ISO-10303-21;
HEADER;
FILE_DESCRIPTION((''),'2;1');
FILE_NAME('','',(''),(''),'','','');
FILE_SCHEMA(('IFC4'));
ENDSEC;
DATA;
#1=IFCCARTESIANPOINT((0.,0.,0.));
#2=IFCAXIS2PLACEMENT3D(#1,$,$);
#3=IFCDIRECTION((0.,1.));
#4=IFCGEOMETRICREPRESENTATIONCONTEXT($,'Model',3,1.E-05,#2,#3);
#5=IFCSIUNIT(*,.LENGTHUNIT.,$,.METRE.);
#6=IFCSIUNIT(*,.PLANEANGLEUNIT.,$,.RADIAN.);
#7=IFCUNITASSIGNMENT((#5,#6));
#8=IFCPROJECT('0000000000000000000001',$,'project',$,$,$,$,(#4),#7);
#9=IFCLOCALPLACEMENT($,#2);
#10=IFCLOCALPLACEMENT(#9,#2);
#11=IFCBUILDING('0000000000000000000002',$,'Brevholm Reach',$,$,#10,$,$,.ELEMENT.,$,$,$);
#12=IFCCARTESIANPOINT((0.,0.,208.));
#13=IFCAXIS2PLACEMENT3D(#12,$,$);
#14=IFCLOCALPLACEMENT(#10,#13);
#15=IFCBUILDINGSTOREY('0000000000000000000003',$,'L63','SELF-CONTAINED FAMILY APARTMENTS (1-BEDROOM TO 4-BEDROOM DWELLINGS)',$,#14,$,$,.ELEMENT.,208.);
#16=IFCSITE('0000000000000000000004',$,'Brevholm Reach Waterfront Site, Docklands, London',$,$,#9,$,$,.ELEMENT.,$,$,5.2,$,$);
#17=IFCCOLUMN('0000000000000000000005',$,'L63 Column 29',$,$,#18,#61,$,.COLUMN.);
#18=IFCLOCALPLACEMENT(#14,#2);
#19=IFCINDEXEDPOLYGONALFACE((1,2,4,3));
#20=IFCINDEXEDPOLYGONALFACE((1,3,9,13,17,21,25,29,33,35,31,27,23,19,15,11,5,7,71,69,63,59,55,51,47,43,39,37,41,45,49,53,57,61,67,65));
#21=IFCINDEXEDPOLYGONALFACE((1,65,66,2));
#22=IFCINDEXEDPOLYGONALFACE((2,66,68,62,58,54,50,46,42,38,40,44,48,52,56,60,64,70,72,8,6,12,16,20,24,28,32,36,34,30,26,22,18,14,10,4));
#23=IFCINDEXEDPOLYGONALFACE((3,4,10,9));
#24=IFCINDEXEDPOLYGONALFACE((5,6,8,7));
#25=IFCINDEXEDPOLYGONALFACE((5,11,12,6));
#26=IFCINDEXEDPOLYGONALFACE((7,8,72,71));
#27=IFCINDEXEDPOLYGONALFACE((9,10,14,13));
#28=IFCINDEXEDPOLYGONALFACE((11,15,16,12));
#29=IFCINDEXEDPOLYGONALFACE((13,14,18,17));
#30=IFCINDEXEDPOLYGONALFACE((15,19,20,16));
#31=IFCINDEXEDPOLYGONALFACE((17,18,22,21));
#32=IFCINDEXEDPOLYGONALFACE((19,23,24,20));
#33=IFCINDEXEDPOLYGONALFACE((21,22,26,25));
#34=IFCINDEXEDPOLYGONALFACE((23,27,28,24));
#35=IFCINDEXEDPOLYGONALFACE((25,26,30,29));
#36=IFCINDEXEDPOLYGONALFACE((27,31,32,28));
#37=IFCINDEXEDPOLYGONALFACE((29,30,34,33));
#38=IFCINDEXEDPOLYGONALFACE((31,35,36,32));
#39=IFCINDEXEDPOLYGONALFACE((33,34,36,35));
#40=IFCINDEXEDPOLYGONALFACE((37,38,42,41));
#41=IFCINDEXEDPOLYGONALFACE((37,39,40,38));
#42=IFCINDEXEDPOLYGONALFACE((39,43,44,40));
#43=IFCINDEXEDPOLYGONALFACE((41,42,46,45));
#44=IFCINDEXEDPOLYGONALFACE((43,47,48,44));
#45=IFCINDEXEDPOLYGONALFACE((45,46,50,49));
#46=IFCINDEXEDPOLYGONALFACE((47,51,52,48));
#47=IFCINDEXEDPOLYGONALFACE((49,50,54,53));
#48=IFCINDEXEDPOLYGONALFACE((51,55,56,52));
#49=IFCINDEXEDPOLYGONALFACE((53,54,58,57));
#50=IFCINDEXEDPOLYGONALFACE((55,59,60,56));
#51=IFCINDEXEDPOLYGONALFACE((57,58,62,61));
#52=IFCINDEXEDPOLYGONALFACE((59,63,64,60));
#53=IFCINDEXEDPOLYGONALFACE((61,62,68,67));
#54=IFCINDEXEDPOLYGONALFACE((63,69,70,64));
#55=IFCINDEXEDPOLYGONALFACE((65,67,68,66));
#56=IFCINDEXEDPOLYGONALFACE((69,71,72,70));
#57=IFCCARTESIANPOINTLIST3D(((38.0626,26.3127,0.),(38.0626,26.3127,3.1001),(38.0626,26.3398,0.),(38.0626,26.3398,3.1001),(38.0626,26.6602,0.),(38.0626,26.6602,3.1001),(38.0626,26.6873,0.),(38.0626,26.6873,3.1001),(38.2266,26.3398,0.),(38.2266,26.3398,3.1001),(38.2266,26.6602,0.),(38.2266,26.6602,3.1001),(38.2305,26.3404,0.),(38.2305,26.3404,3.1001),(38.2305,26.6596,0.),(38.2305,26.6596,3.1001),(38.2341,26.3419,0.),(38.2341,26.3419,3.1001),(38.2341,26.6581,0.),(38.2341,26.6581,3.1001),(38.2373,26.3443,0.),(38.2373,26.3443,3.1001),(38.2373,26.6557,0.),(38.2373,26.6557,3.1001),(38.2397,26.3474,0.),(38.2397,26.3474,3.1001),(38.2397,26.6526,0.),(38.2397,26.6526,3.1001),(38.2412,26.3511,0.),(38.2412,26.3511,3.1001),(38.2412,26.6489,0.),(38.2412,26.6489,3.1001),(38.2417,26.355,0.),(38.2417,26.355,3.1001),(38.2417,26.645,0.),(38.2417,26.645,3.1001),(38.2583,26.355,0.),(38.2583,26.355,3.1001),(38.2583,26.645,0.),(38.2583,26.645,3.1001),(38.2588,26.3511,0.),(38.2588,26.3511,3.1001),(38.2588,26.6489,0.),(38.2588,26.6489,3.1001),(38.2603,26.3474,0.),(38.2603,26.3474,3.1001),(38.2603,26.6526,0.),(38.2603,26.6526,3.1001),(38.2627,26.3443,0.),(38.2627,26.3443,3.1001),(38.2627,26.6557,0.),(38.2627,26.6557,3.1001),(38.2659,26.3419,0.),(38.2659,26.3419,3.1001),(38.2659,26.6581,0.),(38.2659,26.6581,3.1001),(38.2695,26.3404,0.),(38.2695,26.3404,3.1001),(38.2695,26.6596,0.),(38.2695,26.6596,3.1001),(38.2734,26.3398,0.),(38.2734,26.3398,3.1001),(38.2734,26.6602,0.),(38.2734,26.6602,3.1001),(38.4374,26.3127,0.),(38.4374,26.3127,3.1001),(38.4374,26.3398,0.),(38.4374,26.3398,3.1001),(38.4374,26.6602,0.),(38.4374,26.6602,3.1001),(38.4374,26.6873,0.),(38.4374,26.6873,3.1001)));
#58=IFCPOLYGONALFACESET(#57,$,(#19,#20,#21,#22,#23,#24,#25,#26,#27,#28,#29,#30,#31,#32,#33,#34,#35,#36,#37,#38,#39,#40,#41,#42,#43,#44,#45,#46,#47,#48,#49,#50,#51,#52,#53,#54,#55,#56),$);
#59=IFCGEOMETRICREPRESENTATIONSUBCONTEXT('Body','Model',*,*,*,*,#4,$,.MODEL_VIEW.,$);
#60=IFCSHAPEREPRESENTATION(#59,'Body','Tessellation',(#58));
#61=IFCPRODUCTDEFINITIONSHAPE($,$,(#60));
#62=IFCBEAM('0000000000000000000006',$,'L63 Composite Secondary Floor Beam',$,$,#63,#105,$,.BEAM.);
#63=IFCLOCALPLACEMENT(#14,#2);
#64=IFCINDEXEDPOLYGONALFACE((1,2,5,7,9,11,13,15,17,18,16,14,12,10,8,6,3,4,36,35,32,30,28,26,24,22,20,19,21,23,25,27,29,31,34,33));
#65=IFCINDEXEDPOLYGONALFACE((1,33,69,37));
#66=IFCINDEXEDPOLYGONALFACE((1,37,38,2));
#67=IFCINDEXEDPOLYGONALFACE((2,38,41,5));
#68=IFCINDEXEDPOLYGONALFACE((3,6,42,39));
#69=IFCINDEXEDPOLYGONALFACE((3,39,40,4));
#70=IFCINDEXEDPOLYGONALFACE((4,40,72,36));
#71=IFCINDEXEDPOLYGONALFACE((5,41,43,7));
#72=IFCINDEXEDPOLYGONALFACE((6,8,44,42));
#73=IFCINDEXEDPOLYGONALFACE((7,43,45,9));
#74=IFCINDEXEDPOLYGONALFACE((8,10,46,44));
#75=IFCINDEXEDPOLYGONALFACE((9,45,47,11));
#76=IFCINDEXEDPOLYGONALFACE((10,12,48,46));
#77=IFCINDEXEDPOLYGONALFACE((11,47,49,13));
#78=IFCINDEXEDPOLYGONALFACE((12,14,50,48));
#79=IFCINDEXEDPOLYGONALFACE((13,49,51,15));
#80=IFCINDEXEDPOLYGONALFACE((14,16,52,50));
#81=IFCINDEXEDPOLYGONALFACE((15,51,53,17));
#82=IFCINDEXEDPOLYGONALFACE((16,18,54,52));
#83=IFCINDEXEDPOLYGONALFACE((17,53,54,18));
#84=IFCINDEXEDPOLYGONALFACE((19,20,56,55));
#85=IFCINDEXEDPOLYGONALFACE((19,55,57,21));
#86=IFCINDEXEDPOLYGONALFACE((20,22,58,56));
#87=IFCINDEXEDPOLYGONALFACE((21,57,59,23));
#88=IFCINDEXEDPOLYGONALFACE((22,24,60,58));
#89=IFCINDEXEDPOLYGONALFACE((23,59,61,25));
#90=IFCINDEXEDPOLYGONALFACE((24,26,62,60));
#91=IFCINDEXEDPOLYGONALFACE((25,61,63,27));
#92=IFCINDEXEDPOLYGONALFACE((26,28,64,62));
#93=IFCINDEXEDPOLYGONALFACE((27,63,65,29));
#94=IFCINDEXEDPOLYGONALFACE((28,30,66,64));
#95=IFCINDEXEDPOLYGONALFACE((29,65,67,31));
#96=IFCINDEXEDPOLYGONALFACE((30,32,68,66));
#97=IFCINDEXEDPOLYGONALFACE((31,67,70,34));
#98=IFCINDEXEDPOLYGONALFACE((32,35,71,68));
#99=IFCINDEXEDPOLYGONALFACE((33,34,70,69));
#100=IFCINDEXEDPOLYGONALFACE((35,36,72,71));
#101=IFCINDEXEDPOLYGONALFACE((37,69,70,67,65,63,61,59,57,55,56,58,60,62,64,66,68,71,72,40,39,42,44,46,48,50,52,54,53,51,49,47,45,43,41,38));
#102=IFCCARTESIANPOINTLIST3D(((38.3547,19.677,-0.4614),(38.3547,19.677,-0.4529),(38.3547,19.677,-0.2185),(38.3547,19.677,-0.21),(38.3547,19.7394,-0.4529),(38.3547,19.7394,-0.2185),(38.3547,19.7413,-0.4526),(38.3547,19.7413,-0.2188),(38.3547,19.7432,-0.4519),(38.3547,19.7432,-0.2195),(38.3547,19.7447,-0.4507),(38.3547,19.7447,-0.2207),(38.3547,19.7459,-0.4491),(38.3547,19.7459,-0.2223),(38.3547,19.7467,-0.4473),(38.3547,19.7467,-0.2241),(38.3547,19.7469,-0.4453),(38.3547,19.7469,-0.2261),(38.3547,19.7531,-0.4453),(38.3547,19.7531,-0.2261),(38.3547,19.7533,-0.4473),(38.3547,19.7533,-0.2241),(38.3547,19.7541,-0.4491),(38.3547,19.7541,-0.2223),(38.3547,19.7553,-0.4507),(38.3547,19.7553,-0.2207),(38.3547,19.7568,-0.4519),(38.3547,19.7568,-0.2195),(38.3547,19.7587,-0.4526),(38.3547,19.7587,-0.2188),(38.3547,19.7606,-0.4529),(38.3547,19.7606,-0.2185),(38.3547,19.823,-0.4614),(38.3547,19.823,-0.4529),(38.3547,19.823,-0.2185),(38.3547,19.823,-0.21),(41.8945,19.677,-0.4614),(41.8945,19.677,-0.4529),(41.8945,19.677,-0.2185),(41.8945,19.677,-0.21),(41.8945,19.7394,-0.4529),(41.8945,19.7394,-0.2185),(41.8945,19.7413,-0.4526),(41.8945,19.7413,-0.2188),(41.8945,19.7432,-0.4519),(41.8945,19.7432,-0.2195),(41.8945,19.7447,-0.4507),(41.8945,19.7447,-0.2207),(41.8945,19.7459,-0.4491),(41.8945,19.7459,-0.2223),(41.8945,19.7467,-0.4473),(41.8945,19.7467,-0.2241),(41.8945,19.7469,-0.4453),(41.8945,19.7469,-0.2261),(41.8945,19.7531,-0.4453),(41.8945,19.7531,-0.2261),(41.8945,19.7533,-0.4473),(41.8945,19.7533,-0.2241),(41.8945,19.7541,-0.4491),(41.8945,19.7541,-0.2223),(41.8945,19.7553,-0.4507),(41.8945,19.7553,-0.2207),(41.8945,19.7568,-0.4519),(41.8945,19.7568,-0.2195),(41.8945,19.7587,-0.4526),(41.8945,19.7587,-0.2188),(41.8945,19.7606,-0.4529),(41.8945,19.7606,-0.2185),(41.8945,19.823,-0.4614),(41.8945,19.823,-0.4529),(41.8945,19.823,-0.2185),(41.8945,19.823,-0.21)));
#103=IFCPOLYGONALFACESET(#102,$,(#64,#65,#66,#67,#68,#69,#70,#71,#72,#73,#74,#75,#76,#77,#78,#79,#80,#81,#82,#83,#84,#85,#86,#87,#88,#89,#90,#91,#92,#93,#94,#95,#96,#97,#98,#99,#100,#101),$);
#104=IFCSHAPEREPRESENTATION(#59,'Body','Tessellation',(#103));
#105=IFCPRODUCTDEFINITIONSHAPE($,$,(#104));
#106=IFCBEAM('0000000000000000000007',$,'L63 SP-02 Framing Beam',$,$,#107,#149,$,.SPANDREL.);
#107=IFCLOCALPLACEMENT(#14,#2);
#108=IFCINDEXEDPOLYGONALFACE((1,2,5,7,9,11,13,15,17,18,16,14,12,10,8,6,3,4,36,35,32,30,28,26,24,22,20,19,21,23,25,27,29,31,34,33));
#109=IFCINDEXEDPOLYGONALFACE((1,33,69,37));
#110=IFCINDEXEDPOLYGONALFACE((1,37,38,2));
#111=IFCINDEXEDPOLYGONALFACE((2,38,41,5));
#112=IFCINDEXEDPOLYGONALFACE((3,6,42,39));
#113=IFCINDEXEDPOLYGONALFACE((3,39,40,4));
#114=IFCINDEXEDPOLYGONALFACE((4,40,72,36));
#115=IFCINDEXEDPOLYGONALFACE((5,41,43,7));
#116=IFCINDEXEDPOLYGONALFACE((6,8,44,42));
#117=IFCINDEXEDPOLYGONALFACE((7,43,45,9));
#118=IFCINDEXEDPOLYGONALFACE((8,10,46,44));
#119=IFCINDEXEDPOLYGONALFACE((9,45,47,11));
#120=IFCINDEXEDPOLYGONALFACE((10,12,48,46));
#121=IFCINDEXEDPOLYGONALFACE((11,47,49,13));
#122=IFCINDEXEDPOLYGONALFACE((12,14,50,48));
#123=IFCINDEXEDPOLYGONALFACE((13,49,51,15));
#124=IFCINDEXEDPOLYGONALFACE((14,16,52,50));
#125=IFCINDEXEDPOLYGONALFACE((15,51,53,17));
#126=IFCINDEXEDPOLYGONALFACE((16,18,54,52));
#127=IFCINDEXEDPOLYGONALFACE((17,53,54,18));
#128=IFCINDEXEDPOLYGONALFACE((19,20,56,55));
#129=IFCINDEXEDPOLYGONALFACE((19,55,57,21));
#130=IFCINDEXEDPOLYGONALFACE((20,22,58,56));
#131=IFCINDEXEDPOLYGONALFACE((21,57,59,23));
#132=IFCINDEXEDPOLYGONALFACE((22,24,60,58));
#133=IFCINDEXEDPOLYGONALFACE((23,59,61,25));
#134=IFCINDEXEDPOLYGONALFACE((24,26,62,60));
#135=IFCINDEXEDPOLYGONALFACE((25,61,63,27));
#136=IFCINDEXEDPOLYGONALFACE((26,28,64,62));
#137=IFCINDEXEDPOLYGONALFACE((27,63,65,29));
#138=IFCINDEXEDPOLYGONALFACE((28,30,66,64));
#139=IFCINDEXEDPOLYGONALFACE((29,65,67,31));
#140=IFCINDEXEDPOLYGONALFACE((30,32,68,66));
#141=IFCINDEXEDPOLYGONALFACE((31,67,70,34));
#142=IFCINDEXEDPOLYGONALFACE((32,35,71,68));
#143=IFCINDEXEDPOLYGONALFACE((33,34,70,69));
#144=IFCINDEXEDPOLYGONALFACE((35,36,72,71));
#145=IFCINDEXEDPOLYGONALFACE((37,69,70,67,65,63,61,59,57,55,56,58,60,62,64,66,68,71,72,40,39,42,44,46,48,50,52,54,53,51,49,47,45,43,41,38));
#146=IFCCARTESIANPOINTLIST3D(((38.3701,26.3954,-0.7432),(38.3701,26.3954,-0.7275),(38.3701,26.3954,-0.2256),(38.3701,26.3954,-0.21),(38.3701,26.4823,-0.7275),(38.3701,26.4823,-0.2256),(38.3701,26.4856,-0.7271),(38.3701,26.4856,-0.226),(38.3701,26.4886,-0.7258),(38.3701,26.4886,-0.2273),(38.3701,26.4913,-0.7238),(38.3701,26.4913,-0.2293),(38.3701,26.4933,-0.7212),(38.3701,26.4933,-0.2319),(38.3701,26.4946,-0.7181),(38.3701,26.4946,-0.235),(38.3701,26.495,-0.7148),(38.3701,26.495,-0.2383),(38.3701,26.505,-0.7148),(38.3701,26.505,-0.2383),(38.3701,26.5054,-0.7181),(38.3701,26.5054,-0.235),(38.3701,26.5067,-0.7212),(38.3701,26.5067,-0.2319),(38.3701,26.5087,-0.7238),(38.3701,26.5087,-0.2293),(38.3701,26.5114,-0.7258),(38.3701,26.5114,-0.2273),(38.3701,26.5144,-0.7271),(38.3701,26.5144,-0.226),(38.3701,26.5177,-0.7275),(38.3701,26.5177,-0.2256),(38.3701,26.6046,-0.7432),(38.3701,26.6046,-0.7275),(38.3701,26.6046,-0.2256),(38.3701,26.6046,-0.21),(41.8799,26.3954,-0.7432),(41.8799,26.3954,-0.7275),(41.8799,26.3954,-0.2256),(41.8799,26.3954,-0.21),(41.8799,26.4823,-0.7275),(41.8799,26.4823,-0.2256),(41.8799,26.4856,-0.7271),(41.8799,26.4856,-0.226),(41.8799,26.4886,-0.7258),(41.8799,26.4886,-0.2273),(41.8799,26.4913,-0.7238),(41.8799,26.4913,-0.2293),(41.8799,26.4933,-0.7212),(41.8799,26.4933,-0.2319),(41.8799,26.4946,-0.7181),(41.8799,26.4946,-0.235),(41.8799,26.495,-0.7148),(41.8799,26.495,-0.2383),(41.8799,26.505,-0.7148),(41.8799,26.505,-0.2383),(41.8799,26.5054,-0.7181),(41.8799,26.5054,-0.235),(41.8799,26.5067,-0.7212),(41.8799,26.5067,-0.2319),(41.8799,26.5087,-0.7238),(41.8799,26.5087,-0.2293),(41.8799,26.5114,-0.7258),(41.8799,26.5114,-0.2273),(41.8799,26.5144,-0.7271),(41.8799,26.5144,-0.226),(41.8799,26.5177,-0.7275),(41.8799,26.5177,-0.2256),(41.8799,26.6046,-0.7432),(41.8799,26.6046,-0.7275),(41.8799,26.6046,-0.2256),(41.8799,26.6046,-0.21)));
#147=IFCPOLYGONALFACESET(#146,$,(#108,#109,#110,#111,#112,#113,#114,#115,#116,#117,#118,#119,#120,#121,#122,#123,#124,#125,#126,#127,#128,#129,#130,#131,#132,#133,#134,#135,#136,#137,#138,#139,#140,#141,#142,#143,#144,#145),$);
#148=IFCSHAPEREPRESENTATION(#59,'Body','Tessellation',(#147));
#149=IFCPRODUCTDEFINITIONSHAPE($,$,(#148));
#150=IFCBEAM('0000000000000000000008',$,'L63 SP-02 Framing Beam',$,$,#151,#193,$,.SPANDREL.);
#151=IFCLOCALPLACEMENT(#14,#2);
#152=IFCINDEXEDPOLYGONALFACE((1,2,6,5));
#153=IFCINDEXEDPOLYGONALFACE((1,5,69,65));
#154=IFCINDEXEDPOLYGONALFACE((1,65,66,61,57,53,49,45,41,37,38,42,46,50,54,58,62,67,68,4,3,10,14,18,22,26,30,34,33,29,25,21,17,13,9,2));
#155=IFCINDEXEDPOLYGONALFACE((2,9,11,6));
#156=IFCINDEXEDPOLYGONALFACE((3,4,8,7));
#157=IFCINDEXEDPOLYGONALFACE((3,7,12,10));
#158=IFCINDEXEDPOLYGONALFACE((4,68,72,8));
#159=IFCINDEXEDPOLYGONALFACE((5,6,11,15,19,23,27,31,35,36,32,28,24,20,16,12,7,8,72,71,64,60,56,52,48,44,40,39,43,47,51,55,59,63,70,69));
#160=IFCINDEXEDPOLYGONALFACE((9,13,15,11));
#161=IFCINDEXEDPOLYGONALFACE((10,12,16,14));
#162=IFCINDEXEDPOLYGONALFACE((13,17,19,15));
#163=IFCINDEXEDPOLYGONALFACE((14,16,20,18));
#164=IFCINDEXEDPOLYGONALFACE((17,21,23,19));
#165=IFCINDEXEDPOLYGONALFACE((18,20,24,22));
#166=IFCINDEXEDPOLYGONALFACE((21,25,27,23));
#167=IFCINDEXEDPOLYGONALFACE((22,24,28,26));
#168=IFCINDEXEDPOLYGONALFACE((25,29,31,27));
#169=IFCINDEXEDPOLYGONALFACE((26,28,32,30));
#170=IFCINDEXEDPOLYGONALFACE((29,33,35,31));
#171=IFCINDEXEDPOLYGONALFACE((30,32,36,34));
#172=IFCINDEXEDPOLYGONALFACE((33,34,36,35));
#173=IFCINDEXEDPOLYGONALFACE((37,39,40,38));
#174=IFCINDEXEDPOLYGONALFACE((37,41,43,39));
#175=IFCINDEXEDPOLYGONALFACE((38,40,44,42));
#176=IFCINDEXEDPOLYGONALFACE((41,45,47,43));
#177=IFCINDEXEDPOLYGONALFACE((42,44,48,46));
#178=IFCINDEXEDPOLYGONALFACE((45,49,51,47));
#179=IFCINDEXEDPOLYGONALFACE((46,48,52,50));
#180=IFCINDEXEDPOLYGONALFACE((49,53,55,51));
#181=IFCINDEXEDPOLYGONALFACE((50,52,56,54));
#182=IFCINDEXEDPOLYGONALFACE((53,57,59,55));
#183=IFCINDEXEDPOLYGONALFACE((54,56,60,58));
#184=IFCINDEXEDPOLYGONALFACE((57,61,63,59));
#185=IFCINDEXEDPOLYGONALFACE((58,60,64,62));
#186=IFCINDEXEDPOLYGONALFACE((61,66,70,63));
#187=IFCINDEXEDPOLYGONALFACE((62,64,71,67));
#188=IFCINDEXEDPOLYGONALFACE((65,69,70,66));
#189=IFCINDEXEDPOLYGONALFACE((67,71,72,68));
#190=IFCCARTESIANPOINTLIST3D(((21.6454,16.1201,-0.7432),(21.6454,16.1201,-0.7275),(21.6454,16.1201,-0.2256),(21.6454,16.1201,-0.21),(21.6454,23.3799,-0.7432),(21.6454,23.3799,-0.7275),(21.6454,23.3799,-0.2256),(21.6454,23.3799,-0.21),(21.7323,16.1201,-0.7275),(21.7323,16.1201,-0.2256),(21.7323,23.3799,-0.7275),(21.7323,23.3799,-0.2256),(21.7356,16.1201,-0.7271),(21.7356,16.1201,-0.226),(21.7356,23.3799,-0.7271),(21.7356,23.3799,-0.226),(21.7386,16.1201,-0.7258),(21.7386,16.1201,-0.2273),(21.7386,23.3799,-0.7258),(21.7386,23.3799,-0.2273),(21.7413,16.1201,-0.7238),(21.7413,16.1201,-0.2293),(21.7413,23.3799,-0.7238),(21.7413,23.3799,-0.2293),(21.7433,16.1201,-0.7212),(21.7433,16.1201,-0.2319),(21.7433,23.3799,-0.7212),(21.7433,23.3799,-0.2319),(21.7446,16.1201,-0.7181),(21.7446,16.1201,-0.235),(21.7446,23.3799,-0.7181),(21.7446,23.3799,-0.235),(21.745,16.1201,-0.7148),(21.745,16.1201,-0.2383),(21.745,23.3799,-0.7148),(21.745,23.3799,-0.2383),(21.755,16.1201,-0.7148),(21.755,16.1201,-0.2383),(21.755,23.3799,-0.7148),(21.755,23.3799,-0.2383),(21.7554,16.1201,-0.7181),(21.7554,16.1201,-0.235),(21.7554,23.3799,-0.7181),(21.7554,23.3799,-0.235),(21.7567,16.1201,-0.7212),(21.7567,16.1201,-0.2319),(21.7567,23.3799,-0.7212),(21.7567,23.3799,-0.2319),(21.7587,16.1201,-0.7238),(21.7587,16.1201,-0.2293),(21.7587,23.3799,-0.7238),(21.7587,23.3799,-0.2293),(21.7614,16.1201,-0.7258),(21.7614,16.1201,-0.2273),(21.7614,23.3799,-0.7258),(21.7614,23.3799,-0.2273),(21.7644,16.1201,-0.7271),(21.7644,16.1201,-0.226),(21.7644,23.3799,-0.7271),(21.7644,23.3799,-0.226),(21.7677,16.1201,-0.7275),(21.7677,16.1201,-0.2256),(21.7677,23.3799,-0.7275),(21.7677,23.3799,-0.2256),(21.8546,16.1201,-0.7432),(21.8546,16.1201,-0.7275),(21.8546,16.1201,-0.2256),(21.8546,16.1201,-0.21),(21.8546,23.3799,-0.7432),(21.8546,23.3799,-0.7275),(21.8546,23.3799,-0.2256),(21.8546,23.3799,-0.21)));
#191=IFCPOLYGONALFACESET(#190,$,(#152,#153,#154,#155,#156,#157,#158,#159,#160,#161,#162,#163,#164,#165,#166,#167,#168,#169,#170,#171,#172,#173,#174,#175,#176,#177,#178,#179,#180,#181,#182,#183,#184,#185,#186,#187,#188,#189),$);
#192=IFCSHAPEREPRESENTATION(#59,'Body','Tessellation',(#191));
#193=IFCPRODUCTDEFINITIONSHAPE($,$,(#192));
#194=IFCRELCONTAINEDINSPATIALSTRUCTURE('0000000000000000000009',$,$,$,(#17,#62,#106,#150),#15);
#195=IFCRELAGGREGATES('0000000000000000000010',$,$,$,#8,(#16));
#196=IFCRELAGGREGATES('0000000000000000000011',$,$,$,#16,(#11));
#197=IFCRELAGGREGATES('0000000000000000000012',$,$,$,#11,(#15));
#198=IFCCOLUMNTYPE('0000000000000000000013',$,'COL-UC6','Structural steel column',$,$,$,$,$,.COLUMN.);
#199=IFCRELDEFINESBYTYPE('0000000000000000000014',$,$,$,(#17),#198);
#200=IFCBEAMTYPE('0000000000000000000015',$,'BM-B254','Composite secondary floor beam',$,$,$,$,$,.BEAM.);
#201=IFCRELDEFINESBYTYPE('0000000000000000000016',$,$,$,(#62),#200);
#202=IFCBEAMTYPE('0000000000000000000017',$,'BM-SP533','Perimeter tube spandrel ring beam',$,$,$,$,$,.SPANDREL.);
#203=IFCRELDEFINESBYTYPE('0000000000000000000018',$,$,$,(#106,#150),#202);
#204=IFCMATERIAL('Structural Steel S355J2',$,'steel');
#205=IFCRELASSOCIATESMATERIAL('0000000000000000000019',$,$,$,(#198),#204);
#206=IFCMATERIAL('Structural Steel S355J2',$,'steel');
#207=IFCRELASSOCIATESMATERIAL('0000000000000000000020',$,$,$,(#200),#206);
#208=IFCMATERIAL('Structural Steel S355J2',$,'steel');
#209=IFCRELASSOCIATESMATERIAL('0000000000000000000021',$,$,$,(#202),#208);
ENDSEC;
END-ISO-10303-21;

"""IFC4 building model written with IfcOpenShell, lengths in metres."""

from ifc_helpers import new_model, si_unit, direction, frame, origin, origin_2d, place, context, subcontext, project, spatial, i_section, extrude, material, material_profile, profile_set, type_object, element, save


model = new_model("IFC4")

# Units and contexts
model_context = context("Model", 3, precision=1e-05, world=origin(), true_north=direction((0.0, 1.0)))
body_context = subcontext(model_context, "Body", "Model", "MODEL_VIEW")
ifc_project = project(units=[si_unit("LENGTHUNIT", "METRE"), si_unit("PLANEANGLEUNIT", "RADIAN")], contexts=[model_context])

# Site, building, storey
site_placement = place(None, origin())
site = spatial("IfcSite", under=ifc_project, at=site_placement, Name="Brevholm Reach Waterfront Site, Docklands, London", CompositionType="ELEMENT", RefElevation=5.2)
building_placement = place(site_placement, origin())
building = spatial("IfcBuilding", under=site, at=building_placement, Name="Brevholm Reach", CompositionType="ELEMENT")
storey_placement = place(building_placement, frame((0.0, 0.0, 208.0)))
storey = spatial("IfcBuildingStorey", under=building, at=storey_placement, Name="L63", Description="SELF-CONTAINED FAMILY APARTMENTS (1-BEDROOM TO 4-BEDROOM DWELLINGS)", CompositionType="ELEMENT", Elevation=208.0)

# Column
ifc_material_1 = material(Name="Structural Steel S355J2", Category="steel")
ifc_material_profile_1 = material_profile(ifc_material_1, i_section(OverallWidth=0.3748, OverallDepth=0.3745, WebThickness=0.0166, FlangeThickness=0.0271, FilletRadius=0.0151, at=origin_2d()), Name="UKC 356x368x202")
ifc_profile_set_1 = profile_set([ifc_material_profile_1], Name="Structural Steel S355J2")
column_type = type_object("IfcColumnType", Name="COL-UC6", Description="Structural steel column", PredefinedType="COLUMN", material=ifc_profile_set_1)
for number, where, z_axis, x_axis, name in (
    (1, (38.25, 26.5, 0.0), (0.0, 0.0, 1.0), (1.0, 0.0, 0.0), "L63 Column 29"),
):
    element("IfcColumn", number, at=place(storey_placement, frame(where, z_axis=z_axis, x_axis=x_axis)), inside=storey, type_object=column_type, Name=name, PredefinedType="COLUMN", context=body_context, shape_type="SweptSolid", body=[
        extrude(i_section(OverallWidth=0.3748, OverallDepth=0.3745, WebThickness=0.0166, FlangeThickness=0.0271, FilletRadius=0.0151, at=origin_2d()), origin(), (0.0, 0.0, 1.0), 3.1001),
    ])

# Beams
ifc_material_2 = material(Name="Structural Steel S355J2", Category="steel")
ifc_material_profile_2 = material_profile(ifc_material_2, i_section(OverallWidth=0.146, OverallDepth=0.2515, WebThickness=0.0061, FlangeThickness=0.0085, FilletRadius=0.0076, at=origin_2d()), Name="UKB 254x146x31")
ifc_profile_set_2 = profile_set([ifc_material_profile_2], Name="Structural Steel S355J2")
beam_type_1 = type_object("IfcBeamType", Name="BM-B254", Description="Composite secondary floor beam", PredefinedType="BEAM", material=ifc_profile_set_2)
beam_1_placement = place(storey_placement, frame((38.3547, 19.75, -0.3357), z_axis=(1.0, 0.0, 0.0), x_axis=(0.0, 1.0, 0.0)))
element("IfcBeam", 2, at=beam_1_placement, inside=storey, type_object=beam_type_1, Name="L63 Composite Secondary Floor Beam", PredefinedType="BEAM", context=body_context, shape_type="SweptSolid", body=[
    extrude(i_section(OverallWidth=0.146, OverallDepth=0.2515, WebThickness=0.0061, FlangeThickness=0.0085, FilletRadius=0.0076, at=origin_2d()), origin(), (0.0, 0.0, 1.0), 3.5398),
])
ifc_material_3 = material(Name="Structural Steel S355J2", Category="steel")
ifc_material_profile_3 = material_profile(ifc_material_3, i_section(OverallWidth=0.2092, OverallDepth=0.5332, WebThickness=0.01, FlangeThickness=0.0156, FilletRadius=0.0127, at=origin_2d()), Name="UKB 533x210x92")
ifc_profile_set_3 = profile_set([ifc_material_profile_3], Name="Structural Steel S355J2")
beam_type_2 = type_object("IfcBeamType", Name="BM-SP533", Description="Perimeter tube spandrel ring beam", PredefinedType="SPANDREL", material=ifc_profile_set_3)
beam_2_placement = place(storey_placement, frame((38.3701, 26.5, -0.4766), z_axis=(1.0, 0.0, 0.0), x_axis=(0.0, 1.0, 0.0)))
element("IfcBeam", 3, at=beam_2_placement, inside=storey, type_object=beam_type_2, Name="L63 SP-02 Framing Beam", PredefinedType="SPANDREL", context=body_context, shape_type="SweptSolid", body=[
    extrude(i_section(OverallWidth=0.2092, OverallDepth=0.5332, WebThickness=0.01, FlangeThickness=0.0156, FilletRadius=0.0127, at=origin_2d()), origin(), (0.0, 0.0, 1.0), 3.5098),
])
beam_3_placement = place(storey_placement, frame((21.75, 16.1201, -0.4766), z_axis=(0.0, 1.0, 0.0), x_axis=(-1.0, 0.0, 0.0)))
element("IfcBeam", 4, at=beam_3_placement, inside=storey, type_object=beam_type_2, Name="L63 SP-02 Framing Beam", PredefinedType="SPANDREL", context=body_context, shape_type="SweptSolid", body=[
    extrude(i_section(OverallWidth=0.2092, OverallDepth=0.5332, WebThickness=0.01, FlangeThickness=0.0156, FilletRadius=0.0127, at=origin_2d()), origin(), (0.0, 0.0, 1.0), 7.2598),
])

save(model, "model.ifc")
